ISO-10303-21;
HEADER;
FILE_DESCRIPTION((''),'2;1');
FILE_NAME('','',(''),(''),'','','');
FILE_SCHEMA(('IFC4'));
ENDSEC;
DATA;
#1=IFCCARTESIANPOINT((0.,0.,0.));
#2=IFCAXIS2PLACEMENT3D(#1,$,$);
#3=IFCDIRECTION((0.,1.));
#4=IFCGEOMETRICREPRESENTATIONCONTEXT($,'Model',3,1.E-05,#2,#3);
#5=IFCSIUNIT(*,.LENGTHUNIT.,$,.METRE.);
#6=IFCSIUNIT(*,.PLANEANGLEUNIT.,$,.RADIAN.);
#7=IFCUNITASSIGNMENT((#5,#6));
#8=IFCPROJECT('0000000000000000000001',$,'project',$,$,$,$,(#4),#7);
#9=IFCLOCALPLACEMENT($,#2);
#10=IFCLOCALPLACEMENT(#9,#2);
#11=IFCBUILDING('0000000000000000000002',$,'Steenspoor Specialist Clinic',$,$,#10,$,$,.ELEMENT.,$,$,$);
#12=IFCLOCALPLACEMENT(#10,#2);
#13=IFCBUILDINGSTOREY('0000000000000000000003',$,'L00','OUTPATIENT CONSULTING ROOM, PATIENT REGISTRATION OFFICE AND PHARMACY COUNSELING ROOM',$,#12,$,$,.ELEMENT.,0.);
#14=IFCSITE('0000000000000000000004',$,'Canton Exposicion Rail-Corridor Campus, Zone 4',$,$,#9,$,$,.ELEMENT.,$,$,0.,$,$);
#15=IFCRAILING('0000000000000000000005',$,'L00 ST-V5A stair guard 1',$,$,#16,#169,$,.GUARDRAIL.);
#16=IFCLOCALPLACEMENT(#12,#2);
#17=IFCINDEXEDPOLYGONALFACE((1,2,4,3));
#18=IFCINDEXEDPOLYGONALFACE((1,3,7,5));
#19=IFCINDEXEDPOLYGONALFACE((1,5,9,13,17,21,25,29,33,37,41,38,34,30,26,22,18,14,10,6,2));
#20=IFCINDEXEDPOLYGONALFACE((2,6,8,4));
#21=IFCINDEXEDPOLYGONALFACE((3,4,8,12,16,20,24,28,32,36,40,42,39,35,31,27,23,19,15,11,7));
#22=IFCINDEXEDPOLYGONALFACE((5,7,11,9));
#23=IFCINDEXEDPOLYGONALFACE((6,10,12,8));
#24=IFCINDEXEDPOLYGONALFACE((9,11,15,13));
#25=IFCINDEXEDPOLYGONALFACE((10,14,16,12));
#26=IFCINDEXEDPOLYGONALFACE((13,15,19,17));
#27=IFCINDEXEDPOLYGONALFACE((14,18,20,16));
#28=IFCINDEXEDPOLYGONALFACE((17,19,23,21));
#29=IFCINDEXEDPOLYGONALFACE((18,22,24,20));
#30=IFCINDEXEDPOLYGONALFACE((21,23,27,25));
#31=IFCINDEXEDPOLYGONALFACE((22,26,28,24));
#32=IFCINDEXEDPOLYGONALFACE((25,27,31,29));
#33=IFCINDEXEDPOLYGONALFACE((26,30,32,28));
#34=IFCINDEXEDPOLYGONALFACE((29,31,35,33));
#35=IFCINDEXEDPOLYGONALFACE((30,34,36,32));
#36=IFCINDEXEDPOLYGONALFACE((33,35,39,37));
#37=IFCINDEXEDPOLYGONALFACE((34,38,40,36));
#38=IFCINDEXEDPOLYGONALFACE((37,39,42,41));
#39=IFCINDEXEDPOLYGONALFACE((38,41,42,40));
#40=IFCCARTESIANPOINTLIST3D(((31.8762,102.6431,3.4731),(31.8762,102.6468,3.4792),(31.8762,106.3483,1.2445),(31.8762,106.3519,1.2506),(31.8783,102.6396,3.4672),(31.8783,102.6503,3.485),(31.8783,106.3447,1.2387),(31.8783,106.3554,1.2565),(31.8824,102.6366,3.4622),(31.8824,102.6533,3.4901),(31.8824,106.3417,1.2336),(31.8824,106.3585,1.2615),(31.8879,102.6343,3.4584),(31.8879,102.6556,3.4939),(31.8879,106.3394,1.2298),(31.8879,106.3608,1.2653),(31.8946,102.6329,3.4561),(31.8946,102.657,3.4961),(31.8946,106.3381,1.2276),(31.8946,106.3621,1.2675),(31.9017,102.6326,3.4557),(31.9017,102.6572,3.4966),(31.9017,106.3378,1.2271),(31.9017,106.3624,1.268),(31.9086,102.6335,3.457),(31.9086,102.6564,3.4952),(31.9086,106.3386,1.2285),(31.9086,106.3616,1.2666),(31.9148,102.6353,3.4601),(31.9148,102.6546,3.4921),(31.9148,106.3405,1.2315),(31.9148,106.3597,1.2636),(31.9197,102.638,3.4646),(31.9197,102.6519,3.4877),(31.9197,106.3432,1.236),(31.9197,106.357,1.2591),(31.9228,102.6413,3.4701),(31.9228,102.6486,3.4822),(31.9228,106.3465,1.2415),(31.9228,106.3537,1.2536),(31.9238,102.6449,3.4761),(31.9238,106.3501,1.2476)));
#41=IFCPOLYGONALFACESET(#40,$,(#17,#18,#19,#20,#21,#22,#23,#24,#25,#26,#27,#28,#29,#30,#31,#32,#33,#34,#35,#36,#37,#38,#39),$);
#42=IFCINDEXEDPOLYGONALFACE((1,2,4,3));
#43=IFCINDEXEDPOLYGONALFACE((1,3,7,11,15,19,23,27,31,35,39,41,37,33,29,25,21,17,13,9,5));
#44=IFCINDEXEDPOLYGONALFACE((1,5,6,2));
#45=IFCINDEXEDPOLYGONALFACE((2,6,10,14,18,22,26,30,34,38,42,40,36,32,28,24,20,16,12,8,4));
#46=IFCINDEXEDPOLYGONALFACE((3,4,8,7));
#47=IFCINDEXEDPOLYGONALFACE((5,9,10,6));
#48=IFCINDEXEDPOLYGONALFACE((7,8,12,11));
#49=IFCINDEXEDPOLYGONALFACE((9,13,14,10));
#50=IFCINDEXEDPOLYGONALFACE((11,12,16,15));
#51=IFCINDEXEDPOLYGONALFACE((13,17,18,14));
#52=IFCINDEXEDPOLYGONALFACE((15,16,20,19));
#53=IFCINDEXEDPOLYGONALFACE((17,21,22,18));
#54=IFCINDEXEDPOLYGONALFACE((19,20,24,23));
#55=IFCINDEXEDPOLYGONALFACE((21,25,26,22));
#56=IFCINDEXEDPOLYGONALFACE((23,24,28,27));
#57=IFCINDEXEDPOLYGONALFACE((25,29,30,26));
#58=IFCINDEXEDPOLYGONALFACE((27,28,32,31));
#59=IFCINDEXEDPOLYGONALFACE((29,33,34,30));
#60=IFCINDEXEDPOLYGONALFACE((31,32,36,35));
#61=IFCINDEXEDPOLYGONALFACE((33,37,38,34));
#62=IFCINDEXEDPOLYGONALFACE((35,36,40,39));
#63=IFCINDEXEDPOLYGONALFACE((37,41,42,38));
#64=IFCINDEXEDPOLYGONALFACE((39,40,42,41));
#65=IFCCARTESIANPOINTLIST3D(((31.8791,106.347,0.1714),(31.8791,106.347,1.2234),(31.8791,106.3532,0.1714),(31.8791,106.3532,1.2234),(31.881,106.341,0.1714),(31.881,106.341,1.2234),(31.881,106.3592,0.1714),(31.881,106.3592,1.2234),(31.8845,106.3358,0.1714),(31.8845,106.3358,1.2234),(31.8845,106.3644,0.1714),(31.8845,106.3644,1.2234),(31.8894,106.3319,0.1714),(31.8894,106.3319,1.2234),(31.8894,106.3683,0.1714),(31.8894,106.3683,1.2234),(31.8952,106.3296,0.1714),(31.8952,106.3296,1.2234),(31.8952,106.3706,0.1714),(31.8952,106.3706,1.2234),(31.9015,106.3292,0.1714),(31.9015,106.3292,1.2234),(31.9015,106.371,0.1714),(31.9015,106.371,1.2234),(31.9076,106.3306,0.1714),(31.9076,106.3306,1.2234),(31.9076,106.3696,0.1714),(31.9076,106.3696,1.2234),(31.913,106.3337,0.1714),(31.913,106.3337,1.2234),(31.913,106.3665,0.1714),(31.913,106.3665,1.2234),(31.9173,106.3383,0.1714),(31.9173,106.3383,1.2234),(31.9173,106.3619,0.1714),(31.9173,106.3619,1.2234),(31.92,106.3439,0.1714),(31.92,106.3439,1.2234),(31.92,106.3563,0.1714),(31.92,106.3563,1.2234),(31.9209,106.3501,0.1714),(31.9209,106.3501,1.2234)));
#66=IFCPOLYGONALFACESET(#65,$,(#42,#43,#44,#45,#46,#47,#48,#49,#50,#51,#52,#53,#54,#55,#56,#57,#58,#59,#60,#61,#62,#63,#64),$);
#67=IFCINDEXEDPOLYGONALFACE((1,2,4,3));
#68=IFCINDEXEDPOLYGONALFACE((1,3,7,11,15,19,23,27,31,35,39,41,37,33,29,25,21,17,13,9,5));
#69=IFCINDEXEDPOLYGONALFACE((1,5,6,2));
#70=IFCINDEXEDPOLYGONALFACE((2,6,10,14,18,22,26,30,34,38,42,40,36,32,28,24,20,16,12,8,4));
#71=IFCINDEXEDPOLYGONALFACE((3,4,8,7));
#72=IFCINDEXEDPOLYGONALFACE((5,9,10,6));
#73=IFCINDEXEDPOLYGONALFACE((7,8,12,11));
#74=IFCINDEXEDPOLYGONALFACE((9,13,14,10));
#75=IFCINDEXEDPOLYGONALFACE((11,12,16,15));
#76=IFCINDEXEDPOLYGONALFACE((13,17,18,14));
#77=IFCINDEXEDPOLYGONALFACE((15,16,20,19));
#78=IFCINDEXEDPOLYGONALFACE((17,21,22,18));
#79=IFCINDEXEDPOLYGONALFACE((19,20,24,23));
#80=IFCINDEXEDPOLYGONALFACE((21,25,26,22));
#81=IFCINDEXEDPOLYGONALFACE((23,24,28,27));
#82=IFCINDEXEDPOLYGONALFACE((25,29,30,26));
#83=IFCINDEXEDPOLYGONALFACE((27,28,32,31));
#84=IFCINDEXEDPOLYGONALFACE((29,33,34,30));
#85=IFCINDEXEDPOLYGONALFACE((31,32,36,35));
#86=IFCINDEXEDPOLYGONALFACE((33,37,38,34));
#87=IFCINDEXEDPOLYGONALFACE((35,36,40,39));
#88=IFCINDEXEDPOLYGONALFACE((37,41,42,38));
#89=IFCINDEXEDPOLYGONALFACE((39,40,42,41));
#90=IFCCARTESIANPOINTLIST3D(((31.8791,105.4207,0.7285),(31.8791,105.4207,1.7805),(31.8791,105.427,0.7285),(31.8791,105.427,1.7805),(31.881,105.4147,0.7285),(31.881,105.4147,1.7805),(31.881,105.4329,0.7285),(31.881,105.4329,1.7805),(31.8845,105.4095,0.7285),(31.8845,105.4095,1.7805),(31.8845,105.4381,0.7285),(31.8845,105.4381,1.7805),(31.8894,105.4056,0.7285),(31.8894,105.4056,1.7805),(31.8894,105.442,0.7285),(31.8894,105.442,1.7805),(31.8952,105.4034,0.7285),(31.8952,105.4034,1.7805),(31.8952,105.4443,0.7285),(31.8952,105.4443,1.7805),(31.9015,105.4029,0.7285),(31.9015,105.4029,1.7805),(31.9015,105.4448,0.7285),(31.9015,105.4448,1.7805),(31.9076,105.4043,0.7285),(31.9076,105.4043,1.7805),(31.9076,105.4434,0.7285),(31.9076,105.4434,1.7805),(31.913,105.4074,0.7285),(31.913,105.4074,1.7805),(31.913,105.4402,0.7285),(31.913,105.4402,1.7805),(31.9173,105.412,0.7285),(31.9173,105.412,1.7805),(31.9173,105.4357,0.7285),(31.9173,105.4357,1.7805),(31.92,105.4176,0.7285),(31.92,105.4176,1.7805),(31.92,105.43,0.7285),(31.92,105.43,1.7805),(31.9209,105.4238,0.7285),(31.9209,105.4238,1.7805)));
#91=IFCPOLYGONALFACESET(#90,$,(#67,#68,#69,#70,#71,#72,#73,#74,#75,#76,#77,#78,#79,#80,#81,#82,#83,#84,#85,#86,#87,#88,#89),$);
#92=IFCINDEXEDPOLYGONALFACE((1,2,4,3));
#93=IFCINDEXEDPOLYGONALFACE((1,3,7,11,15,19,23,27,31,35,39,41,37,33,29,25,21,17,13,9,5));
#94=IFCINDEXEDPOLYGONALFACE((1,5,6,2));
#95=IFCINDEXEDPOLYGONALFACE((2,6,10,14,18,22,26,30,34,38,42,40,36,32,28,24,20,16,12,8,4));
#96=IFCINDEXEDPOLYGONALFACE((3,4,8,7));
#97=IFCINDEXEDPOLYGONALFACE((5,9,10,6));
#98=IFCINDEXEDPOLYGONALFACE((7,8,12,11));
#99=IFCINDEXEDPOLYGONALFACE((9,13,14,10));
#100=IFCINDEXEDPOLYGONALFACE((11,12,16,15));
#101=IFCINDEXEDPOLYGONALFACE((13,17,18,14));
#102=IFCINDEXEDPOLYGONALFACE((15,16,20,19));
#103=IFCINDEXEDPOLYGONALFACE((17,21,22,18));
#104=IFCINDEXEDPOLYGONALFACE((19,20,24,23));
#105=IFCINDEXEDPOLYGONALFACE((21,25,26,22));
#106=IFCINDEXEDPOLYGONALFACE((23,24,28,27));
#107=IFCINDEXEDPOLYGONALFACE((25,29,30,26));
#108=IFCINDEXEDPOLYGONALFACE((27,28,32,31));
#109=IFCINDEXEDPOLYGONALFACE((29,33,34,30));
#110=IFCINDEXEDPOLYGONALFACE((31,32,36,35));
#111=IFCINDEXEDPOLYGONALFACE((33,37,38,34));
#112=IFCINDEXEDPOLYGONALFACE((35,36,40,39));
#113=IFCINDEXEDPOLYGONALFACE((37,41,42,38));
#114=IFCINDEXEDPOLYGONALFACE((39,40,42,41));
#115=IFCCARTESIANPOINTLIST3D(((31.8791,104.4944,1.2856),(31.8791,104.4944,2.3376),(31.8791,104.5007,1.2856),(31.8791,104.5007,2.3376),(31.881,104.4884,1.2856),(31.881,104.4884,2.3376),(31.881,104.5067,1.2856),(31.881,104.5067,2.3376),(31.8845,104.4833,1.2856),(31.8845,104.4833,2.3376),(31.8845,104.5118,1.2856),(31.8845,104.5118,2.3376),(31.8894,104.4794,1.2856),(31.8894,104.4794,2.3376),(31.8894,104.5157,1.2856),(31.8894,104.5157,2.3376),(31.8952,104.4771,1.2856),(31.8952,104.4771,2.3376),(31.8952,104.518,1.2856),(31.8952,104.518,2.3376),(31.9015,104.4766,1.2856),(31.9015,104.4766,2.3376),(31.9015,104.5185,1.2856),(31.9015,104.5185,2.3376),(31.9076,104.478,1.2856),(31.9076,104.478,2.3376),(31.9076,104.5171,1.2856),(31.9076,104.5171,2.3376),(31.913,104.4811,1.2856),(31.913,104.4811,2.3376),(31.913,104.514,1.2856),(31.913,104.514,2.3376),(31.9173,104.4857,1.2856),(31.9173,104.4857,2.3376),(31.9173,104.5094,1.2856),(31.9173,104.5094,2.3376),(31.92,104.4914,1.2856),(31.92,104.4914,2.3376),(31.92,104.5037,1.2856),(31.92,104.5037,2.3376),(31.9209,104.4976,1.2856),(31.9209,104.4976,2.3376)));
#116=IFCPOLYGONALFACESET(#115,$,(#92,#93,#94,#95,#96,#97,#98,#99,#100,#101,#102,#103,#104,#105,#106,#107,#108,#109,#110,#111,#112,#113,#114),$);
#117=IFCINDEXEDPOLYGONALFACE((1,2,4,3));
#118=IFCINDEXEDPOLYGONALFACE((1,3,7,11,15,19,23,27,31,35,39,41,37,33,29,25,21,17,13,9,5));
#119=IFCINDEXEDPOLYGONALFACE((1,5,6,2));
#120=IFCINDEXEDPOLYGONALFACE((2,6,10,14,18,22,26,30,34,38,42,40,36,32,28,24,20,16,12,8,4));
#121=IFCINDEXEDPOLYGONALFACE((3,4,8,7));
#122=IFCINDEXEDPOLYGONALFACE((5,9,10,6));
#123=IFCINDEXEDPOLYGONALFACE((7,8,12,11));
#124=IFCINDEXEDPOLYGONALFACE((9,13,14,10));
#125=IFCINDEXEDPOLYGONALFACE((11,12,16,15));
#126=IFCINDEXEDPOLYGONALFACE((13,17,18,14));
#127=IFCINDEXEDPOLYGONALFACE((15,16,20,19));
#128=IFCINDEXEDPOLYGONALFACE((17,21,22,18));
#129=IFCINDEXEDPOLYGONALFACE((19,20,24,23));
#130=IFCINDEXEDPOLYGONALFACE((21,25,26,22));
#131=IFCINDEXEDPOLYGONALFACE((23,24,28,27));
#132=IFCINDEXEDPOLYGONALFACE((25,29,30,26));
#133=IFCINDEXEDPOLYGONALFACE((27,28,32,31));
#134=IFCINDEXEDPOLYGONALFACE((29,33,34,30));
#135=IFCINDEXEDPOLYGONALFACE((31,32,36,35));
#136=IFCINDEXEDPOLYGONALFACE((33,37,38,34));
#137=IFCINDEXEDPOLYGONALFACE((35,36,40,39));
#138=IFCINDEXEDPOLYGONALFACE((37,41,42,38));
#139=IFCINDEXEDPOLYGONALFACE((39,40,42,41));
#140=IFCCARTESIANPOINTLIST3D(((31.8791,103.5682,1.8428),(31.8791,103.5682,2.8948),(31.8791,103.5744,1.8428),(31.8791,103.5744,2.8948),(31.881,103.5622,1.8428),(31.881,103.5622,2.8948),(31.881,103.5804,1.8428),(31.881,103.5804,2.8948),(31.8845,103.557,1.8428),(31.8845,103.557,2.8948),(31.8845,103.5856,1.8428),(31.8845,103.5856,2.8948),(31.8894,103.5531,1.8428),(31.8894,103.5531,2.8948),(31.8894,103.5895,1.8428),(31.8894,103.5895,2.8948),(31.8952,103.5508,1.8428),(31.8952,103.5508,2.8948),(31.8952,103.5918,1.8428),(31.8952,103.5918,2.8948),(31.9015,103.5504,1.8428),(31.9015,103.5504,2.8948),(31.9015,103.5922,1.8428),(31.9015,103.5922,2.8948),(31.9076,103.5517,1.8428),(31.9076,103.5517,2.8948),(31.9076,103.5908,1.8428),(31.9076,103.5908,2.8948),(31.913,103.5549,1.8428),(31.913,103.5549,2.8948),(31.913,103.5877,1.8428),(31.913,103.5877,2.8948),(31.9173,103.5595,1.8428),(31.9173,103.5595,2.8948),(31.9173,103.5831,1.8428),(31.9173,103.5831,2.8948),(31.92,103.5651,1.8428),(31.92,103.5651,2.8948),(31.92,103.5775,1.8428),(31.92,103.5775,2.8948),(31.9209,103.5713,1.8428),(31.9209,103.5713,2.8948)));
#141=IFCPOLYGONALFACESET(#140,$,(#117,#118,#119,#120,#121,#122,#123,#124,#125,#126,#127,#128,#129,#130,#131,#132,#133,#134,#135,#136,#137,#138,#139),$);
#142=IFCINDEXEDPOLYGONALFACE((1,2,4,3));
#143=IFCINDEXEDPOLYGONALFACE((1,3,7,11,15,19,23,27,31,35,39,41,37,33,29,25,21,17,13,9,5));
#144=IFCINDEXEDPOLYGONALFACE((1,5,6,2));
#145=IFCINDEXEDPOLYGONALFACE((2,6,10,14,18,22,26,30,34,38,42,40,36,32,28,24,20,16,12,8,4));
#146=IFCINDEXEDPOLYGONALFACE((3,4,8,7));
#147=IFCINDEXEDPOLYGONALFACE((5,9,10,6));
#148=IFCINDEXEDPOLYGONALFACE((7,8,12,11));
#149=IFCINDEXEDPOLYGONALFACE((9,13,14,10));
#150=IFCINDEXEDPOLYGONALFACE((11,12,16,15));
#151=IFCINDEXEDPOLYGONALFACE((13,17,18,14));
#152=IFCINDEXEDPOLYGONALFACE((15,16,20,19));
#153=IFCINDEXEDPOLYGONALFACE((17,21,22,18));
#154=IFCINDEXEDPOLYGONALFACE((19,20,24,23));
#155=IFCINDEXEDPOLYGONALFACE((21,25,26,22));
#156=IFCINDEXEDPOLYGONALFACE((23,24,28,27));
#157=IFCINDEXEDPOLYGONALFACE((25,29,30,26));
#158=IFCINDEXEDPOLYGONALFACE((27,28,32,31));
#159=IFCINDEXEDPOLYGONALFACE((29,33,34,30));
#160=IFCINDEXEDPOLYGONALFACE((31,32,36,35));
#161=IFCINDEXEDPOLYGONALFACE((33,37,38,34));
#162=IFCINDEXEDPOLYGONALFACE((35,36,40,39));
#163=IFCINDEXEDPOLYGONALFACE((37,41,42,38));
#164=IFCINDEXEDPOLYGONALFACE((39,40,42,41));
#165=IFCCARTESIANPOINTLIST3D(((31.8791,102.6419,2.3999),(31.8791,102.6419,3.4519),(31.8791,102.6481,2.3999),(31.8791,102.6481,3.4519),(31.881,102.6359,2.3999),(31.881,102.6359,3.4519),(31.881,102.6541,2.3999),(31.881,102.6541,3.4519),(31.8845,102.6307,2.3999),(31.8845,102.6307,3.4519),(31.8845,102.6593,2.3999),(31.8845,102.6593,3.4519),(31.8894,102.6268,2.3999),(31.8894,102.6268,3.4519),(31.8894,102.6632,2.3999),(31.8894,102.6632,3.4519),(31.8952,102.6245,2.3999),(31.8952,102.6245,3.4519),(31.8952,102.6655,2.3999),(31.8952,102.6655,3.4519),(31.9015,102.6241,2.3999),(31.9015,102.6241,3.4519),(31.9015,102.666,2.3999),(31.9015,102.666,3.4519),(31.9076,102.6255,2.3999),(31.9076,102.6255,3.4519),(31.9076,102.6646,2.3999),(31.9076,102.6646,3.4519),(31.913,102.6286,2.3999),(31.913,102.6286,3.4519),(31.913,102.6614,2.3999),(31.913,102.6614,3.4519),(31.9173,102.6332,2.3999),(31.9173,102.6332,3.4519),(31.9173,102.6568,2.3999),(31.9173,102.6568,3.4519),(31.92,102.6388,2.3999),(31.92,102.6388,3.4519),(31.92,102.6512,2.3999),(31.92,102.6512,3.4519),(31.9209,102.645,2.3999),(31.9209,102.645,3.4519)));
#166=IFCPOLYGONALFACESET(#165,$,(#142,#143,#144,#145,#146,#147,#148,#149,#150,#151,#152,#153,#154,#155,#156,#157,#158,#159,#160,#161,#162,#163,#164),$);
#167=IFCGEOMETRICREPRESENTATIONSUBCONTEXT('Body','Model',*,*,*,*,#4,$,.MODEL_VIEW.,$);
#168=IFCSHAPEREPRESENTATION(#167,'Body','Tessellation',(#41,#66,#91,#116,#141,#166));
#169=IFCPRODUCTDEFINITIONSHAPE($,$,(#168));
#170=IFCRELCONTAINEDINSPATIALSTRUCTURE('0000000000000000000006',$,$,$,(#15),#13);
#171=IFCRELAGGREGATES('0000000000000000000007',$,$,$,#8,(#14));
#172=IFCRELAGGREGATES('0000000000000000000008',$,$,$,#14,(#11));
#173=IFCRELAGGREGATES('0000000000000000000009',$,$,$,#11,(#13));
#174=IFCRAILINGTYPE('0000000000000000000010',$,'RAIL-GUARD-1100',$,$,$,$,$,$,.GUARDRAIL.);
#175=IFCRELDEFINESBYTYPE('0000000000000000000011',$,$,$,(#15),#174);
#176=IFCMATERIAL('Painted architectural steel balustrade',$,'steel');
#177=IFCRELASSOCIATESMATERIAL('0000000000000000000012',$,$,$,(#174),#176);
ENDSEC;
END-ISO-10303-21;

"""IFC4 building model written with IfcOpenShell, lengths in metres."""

from ifc_helpers import new_model, si_unit, direction, frame, origin, origin_2d, place, context, subcontext, project, spatial, circle, extrude, material, type_object, element, save


model = new_model("IFC4")

# Units and contexts
model_context = context("Model", 3, precision=1e-05, world=origin(), true_north=direction((0.0, 1.0)))
body_context = subcontext(model_context, "Body", "Model", "MODEL_VIEW")
ifc_project = project(units=[si_unit("LENGTHUNIT", "METRE"), si_unit("PLANEANGLEUNIT", "RADIAN")], contexts=[model_context])

# Site, building, storey
site_placement = place(None, origin())
site = spatial("IfcSite", under=ifc_project, at=site_placement, Name="Canton Exposicion Rail-Corridor Campus, Zone 4", CompositionType="ELEMENT", RefElevation=0.0)
building_placement = place(site_placement, origin())
building = spatial("IfcBuilding", under=site, at=building_placement, Name="Steenspoor Specialist Clinic", CompositionType="ELEMENT")
storey_placement = place(building_placement, origin())
storey = spatial("IfcBuildingStorey", under=building, at=storey_placement, Name="L00", Description="OUTPATIENT CONSULTING ROOM, PATIENT REGISTRATION OFFICE AND PHARMACY COUNSELING ROOM", CompositionType="ELEMENT", Elevation=0.0)

# Railing
ifc_material_1 = material(Name="Painted architectural steel balustrade", Category="steel")
railing_type_1 = type_object("IfcRailingType", Name="RAIL-GUARD-1100", PredefinedType="GUARDRAIL", material=ifc_material_1)
railing_1_placement = place(storey_placement, frame((31.8999, 106.3501, 0.1714)))
element("IfcRailing", 1, at=railing_1_placement, inside=storey, type_object=railing_type_1, Name="L00 ST-V5A stair guard 1", PredefinedType="GUARDRAIL", context=body_context, shape_type="SweptSolid", body=[
    extrude(circle(Radius=0.0239, at=origin_2d()), frame((0.0, 0.0, 1.0762), z_axis=(0.0, -0.856934, 0.515425), x_axis=(1.0, 0.0, 0.0)), (0.0, 0.0, 1.0), 4.3237),
    extrude(circle(Radius=0.021, at=origin_2d()), origin(), (0.0, 0.0, 1.0), 1.052),
    extrude(circle(Radius=0.021, at=origin_2d()), frame((0.0, -0.9263, 0.5571)), (0.0, 0.0, 1.0), 1.052),
    extrude(circle(Radius=0.021, at=origin_2d()), frame((0.0, -1.8525, 1.1143)), (0.0, 0.0, 1.0), 1.052),
    extrude(circle(Radius=0.021, at=origin_2d()), frame((0.0, -2.7788, 1.6714)), (0.0, 0.0, 1.0), 1.052),
    extrude(circle(Radius=0.021, at=origin_2d()), frame((0.0, -3.7051, 2.2285)), (0.0, 0.0, 1.0), 1.052),
])

save(model, "model.ifc")
